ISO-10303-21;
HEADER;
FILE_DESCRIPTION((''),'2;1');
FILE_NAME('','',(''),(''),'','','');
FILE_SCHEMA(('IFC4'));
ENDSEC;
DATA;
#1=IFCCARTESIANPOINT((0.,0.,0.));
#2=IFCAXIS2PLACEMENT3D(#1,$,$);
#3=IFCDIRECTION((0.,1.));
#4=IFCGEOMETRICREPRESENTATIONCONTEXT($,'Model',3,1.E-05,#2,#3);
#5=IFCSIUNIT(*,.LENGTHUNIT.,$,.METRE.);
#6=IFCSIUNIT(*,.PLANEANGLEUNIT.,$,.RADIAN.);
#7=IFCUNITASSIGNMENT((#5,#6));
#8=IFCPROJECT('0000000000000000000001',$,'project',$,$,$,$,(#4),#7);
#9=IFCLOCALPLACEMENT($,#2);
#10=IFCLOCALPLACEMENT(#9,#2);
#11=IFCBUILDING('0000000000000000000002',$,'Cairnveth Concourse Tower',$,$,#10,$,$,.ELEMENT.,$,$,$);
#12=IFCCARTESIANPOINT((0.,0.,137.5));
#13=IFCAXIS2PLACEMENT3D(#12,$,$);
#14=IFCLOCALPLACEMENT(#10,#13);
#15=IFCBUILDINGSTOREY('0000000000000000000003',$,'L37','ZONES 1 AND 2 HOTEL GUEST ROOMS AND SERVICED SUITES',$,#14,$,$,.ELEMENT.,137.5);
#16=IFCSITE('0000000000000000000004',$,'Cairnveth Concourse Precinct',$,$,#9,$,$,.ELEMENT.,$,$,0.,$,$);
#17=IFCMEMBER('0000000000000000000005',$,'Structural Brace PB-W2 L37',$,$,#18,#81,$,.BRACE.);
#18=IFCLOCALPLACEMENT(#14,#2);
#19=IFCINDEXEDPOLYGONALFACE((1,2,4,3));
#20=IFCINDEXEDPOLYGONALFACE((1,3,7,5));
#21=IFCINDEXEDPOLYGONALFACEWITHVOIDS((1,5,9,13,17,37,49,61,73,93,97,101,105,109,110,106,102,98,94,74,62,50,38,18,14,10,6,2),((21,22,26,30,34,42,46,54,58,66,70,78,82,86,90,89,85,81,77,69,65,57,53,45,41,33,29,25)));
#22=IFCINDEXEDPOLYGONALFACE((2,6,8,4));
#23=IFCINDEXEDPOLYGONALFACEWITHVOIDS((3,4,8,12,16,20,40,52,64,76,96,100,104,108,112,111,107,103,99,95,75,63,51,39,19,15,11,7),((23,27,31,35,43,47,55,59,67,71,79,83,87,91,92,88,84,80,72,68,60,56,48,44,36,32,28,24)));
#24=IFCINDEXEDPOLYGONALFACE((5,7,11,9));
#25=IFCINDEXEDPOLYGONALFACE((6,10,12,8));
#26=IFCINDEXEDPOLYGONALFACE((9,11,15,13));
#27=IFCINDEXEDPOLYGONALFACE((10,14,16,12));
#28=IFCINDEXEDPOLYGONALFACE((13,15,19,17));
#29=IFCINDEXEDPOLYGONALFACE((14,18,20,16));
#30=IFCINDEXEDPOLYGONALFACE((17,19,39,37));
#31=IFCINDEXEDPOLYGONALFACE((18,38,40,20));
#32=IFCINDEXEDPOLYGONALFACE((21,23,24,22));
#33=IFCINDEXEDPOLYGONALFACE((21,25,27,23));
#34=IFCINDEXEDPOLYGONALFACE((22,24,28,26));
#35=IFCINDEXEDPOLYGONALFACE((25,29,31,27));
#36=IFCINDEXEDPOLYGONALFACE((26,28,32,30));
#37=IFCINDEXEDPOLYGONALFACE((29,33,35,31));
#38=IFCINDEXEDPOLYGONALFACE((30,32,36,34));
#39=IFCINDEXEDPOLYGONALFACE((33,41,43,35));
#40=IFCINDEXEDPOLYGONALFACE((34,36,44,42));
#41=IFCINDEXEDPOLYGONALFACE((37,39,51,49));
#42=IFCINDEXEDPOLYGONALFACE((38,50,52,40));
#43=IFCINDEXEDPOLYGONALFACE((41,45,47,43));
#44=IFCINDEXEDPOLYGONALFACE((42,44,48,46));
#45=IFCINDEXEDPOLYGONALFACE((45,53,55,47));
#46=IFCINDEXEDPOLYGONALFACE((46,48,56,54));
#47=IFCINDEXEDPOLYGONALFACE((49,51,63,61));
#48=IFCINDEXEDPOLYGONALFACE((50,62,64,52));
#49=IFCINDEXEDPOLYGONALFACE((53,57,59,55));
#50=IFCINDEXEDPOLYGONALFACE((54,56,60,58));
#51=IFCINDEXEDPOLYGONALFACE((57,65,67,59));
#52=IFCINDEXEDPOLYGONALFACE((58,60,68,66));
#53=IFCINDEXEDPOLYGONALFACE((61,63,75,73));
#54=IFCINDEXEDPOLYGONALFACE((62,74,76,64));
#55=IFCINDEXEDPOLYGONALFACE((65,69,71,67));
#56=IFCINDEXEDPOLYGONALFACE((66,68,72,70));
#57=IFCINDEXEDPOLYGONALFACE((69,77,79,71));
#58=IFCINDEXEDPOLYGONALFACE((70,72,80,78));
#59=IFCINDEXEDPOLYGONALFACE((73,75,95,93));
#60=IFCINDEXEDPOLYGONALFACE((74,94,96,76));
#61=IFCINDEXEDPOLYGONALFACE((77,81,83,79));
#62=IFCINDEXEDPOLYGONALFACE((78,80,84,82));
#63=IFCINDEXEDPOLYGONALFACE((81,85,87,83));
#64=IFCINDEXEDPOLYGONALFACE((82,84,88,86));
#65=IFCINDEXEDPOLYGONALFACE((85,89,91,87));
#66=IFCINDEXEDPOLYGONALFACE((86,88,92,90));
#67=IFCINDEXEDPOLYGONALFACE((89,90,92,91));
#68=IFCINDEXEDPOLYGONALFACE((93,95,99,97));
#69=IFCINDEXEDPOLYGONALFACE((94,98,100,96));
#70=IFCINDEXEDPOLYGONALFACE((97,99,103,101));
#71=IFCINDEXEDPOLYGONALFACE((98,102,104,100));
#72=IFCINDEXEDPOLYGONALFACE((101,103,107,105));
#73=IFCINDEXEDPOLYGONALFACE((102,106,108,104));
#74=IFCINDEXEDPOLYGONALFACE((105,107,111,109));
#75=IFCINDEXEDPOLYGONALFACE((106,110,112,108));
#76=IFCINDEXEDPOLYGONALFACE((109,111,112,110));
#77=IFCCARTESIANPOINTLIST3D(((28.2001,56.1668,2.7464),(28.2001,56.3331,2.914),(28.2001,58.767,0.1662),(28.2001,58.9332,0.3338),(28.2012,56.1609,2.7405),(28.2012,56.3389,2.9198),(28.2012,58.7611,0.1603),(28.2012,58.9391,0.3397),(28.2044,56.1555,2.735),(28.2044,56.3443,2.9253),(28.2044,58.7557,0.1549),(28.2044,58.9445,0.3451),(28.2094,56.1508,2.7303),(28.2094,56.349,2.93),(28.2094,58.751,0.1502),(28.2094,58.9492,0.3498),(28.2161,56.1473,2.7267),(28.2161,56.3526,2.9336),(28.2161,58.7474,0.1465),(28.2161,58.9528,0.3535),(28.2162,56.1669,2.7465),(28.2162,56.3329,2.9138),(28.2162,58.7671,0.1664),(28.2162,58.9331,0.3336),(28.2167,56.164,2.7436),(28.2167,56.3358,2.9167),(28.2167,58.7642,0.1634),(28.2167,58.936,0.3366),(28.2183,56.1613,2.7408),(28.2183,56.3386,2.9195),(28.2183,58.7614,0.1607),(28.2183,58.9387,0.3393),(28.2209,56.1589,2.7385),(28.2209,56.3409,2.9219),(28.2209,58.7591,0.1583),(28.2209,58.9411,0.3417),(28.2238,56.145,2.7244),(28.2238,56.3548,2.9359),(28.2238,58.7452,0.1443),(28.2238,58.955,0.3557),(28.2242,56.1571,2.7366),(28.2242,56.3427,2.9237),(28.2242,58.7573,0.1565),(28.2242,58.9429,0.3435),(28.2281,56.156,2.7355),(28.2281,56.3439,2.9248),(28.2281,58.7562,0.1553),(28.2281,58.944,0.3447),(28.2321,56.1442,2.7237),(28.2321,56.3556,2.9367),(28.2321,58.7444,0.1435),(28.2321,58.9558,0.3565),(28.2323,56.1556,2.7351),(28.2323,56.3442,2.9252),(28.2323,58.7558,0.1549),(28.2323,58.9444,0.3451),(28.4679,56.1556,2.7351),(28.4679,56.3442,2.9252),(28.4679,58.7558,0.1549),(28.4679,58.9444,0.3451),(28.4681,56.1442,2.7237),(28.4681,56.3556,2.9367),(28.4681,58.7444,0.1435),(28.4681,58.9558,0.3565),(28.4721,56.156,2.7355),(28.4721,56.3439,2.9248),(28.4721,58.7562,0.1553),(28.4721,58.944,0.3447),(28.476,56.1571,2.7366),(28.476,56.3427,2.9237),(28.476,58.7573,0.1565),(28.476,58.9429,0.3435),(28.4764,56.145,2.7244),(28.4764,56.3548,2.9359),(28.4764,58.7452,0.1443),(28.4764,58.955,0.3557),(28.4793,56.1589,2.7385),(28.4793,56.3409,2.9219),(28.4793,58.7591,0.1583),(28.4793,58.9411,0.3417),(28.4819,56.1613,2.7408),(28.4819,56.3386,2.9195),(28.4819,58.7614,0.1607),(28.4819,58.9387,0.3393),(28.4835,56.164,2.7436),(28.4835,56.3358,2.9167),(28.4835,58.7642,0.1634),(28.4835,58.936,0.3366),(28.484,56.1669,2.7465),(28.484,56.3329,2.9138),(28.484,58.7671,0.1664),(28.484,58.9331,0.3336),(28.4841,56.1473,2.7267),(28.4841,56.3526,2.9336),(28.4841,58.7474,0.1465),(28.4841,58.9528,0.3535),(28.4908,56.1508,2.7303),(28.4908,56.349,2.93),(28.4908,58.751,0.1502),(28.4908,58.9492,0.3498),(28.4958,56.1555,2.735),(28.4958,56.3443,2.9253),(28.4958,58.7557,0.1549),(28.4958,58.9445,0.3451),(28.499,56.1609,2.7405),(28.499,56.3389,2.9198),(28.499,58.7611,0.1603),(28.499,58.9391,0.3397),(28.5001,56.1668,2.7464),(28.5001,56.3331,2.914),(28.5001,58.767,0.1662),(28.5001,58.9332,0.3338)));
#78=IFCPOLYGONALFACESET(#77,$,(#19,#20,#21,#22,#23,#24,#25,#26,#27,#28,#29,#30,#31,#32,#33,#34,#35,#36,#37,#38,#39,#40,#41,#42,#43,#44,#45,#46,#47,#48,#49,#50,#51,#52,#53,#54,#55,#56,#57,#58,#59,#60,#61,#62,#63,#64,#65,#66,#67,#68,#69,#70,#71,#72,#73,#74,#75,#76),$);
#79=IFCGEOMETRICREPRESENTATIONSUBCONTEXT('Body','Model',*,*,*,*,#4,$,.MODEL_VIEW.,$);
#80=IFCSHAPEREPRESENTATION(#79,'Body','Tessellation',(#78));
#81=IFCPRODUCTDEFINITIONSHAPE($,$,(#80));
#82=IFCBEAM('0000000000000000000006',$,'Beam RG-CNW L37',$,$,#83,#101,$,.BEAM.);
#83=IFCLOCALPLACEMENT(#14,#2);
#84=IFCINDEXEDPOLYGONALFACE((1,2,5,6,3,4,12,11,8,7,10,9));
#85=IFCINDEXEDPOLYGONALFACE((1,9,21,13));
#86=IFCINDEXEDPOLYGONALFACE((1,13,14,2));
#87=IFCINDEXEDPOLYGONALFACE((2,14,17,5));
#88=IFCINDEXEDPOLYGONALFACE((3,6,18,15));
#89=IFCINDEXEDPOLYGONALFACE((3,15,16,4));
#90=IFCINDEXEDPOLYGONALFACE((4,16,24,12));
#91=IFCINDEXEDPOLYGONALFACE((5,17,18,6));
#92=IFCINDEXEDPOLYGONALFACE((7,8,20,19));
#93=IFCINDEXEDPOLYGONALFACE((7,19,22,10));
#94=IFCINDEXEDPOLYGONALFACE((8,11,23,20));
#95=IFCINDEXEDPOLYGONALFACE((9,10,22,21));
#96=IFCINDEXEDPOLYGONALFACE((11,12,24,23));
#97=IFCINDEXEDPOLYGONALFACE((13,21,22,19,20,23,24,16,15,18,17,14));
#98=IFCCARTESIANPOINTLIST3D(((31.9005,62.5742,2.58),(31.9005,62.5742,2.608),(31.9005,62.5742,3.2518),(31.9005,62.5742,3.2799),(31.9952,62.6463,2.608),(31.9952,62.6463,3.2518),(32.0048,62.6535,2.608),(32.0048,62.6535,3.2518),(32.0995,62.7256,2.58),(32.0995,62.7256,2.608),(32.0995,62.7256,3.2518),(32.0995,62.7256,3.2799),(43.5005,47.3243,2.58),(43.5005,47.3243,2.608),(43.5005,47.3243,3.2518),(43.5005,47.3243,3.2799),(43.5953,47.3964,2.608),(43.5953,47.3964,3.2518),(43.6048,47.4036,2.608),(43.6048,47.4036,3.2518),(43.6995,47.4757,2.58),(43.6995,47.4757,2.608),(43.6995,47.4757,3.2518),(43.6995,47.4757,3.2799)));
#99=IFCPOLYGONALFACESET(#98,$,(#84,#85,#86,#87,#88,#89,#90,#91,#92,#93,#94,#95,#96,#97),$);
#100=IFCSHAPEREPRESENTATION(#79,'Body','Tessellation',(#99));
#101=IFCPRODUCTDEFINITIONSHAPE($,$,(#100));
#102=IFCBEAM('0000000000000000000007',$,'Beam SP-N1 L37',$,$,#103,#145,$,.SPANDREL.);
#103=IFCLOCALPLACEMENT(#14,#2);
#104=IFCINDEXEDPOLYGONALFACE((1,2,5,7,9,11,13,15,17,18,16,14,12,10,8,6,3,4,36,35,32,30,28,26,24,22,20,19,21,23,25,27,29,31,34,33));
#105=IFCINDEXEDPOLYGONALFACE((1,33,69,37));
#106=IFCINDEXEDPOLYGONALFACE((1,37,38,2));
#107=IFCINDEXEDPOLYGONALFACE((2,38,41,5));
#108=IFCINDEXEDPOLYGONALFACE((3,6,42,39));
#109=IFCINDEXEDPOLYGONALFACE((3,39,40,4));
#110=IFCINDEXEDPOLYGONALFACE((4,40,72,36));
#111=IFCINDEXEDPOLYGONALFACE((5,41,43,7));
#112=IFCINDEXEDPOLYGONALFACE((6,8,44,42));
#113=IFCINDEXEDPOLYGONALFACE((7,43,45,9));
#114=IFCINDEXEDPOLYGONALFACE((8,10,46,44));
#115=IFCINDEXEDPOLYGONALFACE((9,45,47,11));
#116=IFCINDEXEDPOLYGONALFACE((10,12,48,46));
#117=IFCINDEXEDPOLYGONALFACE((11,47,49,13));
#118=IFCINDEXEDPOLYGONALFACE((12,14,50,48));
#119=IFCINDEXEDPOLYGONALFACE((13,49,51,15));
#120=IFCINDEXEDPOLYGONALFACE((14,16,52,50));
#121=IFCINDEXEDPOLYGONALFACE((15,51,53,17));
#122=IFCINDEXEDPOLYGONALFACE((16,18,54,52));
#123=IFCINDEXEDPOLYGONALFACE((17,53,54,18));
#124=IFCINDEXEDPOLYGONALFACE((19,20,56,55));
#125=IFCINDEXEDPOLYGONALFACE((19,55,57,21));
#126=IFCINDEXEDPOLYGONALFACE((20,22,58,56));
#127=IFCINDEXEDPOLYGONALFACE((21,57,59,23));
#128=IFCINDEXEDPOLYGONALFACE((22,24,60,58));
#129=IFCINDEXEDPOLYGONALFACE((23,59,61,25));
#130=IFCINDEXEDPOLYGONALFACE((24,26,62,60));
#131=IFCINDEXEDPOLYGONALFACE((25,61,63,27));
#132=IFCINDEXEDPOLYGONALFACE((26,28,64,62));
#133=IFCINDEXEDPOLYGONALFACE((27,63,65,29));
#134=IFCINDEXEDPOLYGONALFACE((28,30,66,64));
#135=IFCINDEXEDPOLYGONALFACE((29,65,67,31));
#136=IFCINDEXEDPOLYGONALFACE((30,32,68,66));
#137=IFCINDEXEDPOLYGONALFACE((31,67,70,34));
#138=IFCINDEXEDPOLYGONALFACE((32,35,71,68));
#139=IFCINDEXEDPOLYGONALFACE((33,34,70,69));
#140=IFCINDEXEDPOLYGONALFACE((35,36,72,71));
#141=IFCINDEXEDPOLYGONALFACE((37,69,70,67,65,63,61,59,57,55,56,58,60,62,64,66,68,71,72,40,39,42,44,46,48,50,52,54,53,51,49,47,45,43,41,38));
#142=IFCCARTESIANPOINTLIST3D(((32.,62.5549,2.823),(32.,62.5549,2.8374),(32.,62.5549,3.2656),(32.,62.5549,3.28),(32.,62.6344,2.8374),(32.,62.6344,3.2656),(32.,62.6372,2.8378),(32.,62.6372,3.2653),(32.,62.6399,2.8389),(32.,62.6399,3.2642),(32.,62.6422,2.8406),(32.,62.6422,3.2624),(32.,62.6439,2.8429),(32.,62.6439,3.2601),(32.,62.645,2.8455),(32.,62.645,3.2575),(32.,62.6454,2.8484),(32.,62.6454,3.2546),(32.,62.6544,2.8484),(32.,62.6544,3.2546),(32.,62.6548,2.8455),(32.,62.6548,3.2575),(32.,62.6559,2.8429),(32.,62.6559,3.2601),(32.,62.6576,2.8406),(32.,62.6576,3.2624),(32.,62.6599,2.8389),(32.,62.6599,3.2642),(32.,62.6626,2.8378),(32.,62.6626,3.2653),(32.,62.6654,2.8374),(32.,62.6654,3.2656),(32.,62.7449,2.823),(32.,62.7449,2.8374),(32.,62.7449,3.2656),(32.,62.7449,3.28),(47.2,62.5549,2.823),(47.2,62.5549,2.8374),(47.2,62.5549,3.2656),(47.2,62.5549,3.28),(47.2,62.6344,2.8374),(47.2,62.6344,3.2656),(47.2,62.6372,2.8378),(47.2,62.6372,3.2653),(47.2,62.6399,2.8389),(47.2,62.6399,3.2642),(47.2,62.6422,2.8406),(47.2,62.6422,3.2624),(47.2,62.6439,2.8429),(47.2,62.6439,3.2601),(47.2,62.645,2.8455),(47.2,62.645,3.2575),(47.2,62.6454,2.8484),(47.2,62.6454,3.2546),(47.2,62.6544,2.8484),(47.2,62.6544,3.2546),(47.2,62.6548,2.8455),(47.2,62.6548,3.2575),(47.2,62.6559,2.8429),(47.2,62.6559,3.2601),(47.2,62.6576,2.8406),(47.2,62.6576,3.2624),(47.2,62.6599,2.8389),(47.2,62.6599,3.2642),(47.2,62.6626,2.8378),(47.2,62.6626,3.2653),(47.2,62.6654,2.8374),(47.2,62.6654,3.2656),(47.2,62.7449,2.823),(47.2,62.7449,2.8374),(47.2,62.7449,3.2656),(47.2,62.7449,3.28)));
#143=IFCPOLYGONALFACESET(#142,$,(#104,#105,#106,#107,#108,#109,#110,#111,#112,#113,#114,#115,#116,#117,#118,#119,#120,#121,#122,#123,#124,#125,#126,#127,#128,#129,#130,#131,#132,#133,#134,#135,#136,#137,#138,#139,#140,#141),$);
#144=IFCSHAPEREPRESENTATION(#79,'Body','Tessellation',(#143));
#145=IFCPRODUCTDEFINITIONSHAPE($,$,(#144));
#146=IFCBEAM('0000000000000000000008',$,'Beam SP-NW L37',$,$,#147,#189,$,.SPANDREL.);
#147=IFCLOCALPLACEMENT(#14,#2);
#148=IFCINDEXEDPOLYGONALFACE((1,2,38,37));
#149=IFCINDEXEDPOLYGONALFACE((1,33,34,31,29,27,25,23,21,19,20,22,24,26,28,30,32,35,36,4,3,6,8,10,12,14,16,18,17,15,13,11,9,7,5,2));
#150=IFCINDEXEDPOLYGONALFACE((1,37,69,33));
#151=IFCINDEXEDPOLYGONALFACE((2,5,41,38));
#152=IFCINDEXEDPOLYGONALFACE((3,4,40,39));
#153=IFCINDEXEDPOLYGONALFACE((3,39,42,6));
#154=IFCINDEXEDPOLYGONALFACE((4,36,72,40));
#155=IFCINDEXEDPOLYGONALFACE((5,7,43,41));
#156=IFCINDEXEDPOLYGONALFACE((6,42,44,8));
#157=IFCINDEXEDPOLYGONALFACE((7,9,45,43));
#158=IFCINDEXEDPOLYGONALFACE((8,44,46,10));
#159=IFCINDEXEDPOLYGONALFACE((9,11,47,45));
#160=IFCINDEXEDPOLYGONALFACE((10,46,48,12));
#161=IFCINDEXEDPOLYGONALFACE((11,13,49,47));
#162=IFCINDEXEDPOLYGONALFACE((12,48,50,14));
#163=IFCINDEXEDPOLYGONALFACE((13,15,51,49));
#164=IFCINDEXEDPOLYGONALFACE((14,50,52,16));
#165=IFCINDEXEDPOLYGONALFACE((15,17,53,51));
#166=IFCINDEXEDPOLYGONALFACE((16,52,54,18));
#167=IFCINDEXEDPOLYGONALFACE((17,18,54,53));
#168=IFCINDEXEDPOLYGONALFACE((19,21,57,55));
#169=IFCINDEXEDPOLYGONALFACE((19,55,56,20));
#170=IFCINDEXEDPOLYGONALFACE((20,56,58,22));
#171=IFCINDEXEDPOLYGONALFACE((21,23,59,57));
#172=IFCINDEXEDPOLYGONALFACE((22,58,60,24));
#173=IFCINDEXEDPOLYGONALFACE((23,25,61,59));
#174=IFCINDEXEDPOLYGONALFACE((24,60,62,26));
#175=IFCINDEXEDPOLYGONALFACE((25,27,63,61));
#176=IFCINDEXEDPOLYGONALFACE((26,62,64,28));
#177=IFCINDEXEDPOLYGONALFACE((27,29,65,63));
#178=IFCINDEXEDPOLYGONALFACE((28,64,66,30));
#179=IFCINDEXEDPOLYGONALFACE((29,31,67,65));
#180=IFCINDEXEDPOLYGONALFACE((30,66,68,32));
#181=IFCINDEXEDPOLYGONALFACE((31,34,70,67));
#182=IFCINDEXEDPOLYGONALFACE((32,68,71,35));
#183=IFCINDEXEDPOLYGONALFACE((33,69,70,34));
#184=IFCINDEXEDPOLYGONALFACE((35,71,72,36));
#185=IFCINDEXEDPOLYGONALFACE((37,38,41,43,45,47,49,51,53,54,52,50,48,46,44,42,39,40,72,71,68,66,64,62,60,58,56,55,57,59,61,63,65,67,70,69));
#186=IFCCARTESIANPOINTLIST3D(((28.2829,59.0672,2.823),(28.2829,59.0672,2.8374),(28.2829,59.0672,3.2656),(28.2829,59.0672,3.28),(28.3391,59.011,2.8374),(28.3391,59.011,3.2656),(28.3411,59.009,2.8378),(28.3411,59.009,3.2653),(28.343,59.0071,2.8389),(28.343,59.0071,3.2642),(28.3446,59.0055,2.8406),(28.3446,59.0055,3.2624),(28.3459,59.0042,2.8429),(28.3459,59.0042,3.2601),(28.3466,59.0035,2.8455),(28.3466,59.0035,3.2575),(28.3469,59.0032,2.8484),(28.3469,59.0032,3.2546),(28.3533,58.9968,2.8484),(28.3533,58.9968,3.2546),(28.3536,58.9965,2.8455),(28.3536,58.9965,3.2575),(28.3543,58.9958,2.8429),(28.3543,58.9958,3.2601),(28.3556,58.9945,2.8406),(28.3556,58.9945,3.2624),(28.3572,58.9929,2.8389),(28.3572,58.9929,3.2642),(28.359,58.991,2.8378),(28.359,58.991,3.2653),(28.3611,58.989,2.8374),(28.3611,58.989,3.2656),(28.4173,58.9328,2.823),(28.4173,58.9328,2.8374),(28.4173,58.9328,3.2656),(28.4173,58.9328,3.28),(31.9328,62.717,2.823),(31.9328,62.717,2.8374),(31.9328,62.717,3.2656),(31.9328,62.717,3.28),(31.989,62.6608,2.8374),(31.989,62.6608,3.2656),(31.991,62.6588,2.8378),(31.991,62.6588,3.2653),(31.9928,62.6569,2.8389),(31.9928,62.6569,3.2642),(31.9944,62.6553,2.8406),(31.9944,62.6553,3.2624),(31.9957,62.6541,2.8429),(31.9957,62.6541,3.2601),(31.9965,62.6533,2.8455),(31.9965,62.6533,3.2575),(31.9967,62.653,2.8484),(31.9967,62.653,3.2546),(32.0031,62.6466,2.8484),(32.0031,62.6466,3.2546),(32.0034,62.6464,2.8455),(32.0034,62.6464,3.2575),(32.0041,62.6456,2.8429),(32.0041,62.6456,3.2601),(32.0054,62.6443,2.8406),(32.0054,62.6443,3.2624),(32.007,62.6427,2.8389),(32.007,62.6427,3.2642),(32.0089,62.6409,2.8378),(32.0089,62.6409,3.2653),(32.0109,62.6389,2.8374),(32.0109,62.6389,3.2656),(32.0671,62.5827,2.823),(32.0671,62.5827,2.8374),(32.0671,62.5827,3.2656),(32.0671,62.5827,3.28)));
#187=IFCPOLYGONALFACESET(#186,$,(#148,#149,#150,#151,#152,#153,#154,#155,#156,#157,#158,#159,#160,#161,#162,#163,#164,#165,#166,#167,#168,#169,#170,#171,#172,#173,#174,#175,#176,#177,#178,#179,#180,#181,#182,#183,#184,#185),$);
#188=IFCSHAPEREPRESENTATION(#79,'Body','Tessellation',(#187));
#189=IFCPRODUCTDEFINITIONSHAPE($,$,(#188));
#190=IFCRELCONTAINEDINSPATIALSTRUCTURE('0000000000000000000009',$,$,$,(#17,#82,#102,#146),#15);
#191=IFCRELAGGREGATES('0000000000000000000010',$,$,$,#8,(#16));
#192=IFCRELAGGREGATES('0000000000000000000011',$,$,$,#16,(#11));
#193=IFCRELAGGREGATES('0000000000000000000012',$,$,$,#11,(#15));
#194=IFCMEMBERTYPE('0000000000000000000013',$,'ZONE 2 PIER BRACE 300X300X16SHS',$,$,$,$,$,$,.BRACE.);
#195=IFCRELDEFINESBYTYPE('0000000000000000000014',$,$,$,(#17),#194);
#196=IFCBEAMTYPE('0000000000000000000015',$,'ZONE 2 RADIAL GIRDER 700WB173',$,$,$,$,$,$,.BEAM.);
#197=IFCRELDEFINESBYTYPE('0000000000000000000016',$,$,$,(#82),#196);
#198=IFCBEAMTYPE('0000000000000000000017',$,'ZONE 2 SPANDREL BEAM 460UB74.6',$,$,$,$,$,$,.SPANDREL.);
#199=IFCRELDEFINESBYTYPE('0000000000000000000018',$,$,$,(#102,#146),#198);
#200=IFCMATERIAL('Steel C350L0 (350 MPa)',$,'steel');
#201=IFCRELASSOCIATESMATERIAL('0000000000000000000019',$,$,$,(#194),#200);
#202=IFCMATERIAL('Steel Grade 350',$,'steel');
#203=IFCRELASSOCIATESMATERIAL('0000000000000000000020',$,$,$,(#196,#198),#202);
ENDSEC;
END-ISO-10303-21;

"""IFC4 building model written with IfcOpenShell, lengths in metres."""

from ifc_helpers import new_model, si_unit, direction, frame, origin, origin_2d, place, context, subcontext, project, spatial, hollow_rectangle, i_section, extrude, material, material_profile, profile_set, type_object, element, save


model = new_model("IFC4")

# Units and contexts
model_context = context("Model", 3, precision=1e-05, world=origin(), true_north=direction((0.0, 1.0)))
body_context = subcontext(model_context, "Body", "Model", "MODEL_VIEW")
ifc_project = project(units=[si_unit("LENGTHUNIT", "METRE"), si_unit("PLANEANGLEUNIT", "RADIAN")], contexts=[model_context])

# Site, building, storey
site_placement = place(None, origin())
site = spatial("IfcSite", under=ifc_project, at=site_placement, Name="Cairnveth Concourse Precinct", CompositionType="ELEMENT", RefElevation=0.0)
building_placement = place(site_placement, origin())
building = spatial("IfcBuilding", under=site, at=building_placement, Name="Cairnveth Concourse Tower", CompositionType="ELEMENT")
storey_placement = place(building_placement, frame((0.0, 0.0, 137.5)))
storey = spatial("IfcBuildingStorey", under=building, at=storey_placement, Name="L37", Description="ZONES 1 AND 2 HOTEL GUEST ROOMS AND SERVICED SUITES", CompositionType="ELEMENT", Elevation=137.5)

# Shared definitions
ifc_material_1 = material(Name="Steel Grade 350", Category="steel")

# Member
ifc_material_2 = material(Name="Steel C350L0 (350 MPa)", Category="steel")
ifc_material_profile_1 = material_profile(ifc_material_2, hollow_rectangle(XDim=0.3, YDim=0.3, WallThickness=0.0161, InnerFilletRadius=0.0161, OuterFilletRadius=0.032, at=origin_2d()), Name="300x300x16.0SHS")
ifc_profile_set_1 = profile_set([ifc_material_profile_1], Name="Steel C350L0 (350 MPa)")
member_type = type_object("IfcMemberType", Name="ZONE 2 PIER BRACE 300X300X16SHS", PredefinedType="BRACE", material=ifc_profile_set_1)
for number, where, z_axis, x_axis, name in (
    (1, (28.3501, 58.8501, 0.25), (0.0, -0.709834, 0.704369), (1.0, 0.0, 0.0), "Structural Brace PB-W2 L37"),
):
    element("IfcMember", number, at=place(storey_placement, frame(where, z_axis=z_axis, x_axis=x_axis)), inside=storey, type_object=member_type, Name=name, PredefinedType="BRACE", context=body_context, shape_type="SweptSolid", body=[
        extrude(hollow_rectangle(XDim=0.3, YDim=0.3, WallThickness=0.0161, InnerFilletRadius=0.0161, OuterFilletRadius=0.032, at=origin_2d()), origin(), (0.0, 0.0, 1.0), 3.6631),
    ])

# Beams
ifc_material_profile_2 = material_profile(ifc_material_1, i_section(OverallWidth=0.25, OverallDepth=0.7, WebThickness=0.012, FlangeThickness=0.0281, at=origin_2d()), Name="700WB173")
ifc_profile_set_2 = profile_set([ifc_material_profile_2], Name="Steel Grade 350")
beam_type_1 = type_object("IfcBeamType", Name="ZONE 2 RADIAL GIRDER 700WB173", PredefinedType="BEAM", material=ifc_profile_set_2)
beam_1_placement = place(storey_placement, frame((32.0, 62.6499, 2.9299), z_axis=(0.605417, -0.795908, 0.0), x_axis=(0.795908, 0.605417, 0.0)))
element("IfcBeam", 2, at=beam_1_placement, inside=storey, type_object=beam_type_1, Name="Beam RG-CNW L37", PredefinedType="BEAM", context=body_context, shape_type="SweptSolid", body=[
    extrude(i_section(OverallWidth=0.25, OverallDepth=0.7, WebThickness=0.012, FlangeThickness=0.0281, at=origin_2d()), origin(), (0.0, 0.0, 1.0), 19.1604),
])
ifc_material_profile_3 = material_profile(ifc_material_1, i_section(OverallWidth=0.1899, OverallDepth=0.457, WebThickness=0.009, FlangeThickness=0.0144, FilletRadius=0.011, at=origin_2d()), Name="460UB74.6")
ifc_profile_set_3 = profile_set([ifc_material_profile_3], Name="Steel Grade 350")
beam_type_2 = type_object("IfcBeamType", Name="ZONE 2 SPANDREL BEAM 460UB74.6", PredefinedType="SPANDREL", material=ifc_profile_set_3)
beam_2_placement = place(storey_placement, frame((32.0, 62.6499, 3.0515), z_axis=(1.0, 0.0, 0.0), x_axis=(0.0, 1.0, 0.0)))
element("IfcBeam", 3, at=beam_2_placement, inside=storey, type_object=beam_type_2, Name="Beam SP-N1 L37", PredefinedType="SPANDREL", context=body_context, shape_type="SweptSolid", body=[
    extrude(i_section(OverallWidth=0.1899, OverallDepth=0.457, WebThickness=0.009, FlangeThickness=0.0144, FilletRadius=0.011, at=origin_2d()), origin(), (0.0, 0.0, 1.0), 15.2),
])
beam_3_placement = place(storey_placement, frame((28.3501, 59.0, 3.0515), z_axis=(0.707107, 0.707107, 0.0), x_axis=(-0.707107, 0.707107, 0.0)))
element("IfcBeam", 4, at=beam_3_placement, inside=storey, type_object=beam_type_2, Name="Beam SP-NW L37", PredefinedType="SPANDREL", context=body_context, shape_type="SweptSolid", body=[
    extrude(i_section(OverallWidth=0.1899, OverallDepth=0.457, WebThickness=0.009, FlangeThickness=0.0144, FilletRadius=0.011, at=origin_2d()), origin(), (0.0, 0.0, 1.0), 5.1616),
])

save(model, "model.ifc")
